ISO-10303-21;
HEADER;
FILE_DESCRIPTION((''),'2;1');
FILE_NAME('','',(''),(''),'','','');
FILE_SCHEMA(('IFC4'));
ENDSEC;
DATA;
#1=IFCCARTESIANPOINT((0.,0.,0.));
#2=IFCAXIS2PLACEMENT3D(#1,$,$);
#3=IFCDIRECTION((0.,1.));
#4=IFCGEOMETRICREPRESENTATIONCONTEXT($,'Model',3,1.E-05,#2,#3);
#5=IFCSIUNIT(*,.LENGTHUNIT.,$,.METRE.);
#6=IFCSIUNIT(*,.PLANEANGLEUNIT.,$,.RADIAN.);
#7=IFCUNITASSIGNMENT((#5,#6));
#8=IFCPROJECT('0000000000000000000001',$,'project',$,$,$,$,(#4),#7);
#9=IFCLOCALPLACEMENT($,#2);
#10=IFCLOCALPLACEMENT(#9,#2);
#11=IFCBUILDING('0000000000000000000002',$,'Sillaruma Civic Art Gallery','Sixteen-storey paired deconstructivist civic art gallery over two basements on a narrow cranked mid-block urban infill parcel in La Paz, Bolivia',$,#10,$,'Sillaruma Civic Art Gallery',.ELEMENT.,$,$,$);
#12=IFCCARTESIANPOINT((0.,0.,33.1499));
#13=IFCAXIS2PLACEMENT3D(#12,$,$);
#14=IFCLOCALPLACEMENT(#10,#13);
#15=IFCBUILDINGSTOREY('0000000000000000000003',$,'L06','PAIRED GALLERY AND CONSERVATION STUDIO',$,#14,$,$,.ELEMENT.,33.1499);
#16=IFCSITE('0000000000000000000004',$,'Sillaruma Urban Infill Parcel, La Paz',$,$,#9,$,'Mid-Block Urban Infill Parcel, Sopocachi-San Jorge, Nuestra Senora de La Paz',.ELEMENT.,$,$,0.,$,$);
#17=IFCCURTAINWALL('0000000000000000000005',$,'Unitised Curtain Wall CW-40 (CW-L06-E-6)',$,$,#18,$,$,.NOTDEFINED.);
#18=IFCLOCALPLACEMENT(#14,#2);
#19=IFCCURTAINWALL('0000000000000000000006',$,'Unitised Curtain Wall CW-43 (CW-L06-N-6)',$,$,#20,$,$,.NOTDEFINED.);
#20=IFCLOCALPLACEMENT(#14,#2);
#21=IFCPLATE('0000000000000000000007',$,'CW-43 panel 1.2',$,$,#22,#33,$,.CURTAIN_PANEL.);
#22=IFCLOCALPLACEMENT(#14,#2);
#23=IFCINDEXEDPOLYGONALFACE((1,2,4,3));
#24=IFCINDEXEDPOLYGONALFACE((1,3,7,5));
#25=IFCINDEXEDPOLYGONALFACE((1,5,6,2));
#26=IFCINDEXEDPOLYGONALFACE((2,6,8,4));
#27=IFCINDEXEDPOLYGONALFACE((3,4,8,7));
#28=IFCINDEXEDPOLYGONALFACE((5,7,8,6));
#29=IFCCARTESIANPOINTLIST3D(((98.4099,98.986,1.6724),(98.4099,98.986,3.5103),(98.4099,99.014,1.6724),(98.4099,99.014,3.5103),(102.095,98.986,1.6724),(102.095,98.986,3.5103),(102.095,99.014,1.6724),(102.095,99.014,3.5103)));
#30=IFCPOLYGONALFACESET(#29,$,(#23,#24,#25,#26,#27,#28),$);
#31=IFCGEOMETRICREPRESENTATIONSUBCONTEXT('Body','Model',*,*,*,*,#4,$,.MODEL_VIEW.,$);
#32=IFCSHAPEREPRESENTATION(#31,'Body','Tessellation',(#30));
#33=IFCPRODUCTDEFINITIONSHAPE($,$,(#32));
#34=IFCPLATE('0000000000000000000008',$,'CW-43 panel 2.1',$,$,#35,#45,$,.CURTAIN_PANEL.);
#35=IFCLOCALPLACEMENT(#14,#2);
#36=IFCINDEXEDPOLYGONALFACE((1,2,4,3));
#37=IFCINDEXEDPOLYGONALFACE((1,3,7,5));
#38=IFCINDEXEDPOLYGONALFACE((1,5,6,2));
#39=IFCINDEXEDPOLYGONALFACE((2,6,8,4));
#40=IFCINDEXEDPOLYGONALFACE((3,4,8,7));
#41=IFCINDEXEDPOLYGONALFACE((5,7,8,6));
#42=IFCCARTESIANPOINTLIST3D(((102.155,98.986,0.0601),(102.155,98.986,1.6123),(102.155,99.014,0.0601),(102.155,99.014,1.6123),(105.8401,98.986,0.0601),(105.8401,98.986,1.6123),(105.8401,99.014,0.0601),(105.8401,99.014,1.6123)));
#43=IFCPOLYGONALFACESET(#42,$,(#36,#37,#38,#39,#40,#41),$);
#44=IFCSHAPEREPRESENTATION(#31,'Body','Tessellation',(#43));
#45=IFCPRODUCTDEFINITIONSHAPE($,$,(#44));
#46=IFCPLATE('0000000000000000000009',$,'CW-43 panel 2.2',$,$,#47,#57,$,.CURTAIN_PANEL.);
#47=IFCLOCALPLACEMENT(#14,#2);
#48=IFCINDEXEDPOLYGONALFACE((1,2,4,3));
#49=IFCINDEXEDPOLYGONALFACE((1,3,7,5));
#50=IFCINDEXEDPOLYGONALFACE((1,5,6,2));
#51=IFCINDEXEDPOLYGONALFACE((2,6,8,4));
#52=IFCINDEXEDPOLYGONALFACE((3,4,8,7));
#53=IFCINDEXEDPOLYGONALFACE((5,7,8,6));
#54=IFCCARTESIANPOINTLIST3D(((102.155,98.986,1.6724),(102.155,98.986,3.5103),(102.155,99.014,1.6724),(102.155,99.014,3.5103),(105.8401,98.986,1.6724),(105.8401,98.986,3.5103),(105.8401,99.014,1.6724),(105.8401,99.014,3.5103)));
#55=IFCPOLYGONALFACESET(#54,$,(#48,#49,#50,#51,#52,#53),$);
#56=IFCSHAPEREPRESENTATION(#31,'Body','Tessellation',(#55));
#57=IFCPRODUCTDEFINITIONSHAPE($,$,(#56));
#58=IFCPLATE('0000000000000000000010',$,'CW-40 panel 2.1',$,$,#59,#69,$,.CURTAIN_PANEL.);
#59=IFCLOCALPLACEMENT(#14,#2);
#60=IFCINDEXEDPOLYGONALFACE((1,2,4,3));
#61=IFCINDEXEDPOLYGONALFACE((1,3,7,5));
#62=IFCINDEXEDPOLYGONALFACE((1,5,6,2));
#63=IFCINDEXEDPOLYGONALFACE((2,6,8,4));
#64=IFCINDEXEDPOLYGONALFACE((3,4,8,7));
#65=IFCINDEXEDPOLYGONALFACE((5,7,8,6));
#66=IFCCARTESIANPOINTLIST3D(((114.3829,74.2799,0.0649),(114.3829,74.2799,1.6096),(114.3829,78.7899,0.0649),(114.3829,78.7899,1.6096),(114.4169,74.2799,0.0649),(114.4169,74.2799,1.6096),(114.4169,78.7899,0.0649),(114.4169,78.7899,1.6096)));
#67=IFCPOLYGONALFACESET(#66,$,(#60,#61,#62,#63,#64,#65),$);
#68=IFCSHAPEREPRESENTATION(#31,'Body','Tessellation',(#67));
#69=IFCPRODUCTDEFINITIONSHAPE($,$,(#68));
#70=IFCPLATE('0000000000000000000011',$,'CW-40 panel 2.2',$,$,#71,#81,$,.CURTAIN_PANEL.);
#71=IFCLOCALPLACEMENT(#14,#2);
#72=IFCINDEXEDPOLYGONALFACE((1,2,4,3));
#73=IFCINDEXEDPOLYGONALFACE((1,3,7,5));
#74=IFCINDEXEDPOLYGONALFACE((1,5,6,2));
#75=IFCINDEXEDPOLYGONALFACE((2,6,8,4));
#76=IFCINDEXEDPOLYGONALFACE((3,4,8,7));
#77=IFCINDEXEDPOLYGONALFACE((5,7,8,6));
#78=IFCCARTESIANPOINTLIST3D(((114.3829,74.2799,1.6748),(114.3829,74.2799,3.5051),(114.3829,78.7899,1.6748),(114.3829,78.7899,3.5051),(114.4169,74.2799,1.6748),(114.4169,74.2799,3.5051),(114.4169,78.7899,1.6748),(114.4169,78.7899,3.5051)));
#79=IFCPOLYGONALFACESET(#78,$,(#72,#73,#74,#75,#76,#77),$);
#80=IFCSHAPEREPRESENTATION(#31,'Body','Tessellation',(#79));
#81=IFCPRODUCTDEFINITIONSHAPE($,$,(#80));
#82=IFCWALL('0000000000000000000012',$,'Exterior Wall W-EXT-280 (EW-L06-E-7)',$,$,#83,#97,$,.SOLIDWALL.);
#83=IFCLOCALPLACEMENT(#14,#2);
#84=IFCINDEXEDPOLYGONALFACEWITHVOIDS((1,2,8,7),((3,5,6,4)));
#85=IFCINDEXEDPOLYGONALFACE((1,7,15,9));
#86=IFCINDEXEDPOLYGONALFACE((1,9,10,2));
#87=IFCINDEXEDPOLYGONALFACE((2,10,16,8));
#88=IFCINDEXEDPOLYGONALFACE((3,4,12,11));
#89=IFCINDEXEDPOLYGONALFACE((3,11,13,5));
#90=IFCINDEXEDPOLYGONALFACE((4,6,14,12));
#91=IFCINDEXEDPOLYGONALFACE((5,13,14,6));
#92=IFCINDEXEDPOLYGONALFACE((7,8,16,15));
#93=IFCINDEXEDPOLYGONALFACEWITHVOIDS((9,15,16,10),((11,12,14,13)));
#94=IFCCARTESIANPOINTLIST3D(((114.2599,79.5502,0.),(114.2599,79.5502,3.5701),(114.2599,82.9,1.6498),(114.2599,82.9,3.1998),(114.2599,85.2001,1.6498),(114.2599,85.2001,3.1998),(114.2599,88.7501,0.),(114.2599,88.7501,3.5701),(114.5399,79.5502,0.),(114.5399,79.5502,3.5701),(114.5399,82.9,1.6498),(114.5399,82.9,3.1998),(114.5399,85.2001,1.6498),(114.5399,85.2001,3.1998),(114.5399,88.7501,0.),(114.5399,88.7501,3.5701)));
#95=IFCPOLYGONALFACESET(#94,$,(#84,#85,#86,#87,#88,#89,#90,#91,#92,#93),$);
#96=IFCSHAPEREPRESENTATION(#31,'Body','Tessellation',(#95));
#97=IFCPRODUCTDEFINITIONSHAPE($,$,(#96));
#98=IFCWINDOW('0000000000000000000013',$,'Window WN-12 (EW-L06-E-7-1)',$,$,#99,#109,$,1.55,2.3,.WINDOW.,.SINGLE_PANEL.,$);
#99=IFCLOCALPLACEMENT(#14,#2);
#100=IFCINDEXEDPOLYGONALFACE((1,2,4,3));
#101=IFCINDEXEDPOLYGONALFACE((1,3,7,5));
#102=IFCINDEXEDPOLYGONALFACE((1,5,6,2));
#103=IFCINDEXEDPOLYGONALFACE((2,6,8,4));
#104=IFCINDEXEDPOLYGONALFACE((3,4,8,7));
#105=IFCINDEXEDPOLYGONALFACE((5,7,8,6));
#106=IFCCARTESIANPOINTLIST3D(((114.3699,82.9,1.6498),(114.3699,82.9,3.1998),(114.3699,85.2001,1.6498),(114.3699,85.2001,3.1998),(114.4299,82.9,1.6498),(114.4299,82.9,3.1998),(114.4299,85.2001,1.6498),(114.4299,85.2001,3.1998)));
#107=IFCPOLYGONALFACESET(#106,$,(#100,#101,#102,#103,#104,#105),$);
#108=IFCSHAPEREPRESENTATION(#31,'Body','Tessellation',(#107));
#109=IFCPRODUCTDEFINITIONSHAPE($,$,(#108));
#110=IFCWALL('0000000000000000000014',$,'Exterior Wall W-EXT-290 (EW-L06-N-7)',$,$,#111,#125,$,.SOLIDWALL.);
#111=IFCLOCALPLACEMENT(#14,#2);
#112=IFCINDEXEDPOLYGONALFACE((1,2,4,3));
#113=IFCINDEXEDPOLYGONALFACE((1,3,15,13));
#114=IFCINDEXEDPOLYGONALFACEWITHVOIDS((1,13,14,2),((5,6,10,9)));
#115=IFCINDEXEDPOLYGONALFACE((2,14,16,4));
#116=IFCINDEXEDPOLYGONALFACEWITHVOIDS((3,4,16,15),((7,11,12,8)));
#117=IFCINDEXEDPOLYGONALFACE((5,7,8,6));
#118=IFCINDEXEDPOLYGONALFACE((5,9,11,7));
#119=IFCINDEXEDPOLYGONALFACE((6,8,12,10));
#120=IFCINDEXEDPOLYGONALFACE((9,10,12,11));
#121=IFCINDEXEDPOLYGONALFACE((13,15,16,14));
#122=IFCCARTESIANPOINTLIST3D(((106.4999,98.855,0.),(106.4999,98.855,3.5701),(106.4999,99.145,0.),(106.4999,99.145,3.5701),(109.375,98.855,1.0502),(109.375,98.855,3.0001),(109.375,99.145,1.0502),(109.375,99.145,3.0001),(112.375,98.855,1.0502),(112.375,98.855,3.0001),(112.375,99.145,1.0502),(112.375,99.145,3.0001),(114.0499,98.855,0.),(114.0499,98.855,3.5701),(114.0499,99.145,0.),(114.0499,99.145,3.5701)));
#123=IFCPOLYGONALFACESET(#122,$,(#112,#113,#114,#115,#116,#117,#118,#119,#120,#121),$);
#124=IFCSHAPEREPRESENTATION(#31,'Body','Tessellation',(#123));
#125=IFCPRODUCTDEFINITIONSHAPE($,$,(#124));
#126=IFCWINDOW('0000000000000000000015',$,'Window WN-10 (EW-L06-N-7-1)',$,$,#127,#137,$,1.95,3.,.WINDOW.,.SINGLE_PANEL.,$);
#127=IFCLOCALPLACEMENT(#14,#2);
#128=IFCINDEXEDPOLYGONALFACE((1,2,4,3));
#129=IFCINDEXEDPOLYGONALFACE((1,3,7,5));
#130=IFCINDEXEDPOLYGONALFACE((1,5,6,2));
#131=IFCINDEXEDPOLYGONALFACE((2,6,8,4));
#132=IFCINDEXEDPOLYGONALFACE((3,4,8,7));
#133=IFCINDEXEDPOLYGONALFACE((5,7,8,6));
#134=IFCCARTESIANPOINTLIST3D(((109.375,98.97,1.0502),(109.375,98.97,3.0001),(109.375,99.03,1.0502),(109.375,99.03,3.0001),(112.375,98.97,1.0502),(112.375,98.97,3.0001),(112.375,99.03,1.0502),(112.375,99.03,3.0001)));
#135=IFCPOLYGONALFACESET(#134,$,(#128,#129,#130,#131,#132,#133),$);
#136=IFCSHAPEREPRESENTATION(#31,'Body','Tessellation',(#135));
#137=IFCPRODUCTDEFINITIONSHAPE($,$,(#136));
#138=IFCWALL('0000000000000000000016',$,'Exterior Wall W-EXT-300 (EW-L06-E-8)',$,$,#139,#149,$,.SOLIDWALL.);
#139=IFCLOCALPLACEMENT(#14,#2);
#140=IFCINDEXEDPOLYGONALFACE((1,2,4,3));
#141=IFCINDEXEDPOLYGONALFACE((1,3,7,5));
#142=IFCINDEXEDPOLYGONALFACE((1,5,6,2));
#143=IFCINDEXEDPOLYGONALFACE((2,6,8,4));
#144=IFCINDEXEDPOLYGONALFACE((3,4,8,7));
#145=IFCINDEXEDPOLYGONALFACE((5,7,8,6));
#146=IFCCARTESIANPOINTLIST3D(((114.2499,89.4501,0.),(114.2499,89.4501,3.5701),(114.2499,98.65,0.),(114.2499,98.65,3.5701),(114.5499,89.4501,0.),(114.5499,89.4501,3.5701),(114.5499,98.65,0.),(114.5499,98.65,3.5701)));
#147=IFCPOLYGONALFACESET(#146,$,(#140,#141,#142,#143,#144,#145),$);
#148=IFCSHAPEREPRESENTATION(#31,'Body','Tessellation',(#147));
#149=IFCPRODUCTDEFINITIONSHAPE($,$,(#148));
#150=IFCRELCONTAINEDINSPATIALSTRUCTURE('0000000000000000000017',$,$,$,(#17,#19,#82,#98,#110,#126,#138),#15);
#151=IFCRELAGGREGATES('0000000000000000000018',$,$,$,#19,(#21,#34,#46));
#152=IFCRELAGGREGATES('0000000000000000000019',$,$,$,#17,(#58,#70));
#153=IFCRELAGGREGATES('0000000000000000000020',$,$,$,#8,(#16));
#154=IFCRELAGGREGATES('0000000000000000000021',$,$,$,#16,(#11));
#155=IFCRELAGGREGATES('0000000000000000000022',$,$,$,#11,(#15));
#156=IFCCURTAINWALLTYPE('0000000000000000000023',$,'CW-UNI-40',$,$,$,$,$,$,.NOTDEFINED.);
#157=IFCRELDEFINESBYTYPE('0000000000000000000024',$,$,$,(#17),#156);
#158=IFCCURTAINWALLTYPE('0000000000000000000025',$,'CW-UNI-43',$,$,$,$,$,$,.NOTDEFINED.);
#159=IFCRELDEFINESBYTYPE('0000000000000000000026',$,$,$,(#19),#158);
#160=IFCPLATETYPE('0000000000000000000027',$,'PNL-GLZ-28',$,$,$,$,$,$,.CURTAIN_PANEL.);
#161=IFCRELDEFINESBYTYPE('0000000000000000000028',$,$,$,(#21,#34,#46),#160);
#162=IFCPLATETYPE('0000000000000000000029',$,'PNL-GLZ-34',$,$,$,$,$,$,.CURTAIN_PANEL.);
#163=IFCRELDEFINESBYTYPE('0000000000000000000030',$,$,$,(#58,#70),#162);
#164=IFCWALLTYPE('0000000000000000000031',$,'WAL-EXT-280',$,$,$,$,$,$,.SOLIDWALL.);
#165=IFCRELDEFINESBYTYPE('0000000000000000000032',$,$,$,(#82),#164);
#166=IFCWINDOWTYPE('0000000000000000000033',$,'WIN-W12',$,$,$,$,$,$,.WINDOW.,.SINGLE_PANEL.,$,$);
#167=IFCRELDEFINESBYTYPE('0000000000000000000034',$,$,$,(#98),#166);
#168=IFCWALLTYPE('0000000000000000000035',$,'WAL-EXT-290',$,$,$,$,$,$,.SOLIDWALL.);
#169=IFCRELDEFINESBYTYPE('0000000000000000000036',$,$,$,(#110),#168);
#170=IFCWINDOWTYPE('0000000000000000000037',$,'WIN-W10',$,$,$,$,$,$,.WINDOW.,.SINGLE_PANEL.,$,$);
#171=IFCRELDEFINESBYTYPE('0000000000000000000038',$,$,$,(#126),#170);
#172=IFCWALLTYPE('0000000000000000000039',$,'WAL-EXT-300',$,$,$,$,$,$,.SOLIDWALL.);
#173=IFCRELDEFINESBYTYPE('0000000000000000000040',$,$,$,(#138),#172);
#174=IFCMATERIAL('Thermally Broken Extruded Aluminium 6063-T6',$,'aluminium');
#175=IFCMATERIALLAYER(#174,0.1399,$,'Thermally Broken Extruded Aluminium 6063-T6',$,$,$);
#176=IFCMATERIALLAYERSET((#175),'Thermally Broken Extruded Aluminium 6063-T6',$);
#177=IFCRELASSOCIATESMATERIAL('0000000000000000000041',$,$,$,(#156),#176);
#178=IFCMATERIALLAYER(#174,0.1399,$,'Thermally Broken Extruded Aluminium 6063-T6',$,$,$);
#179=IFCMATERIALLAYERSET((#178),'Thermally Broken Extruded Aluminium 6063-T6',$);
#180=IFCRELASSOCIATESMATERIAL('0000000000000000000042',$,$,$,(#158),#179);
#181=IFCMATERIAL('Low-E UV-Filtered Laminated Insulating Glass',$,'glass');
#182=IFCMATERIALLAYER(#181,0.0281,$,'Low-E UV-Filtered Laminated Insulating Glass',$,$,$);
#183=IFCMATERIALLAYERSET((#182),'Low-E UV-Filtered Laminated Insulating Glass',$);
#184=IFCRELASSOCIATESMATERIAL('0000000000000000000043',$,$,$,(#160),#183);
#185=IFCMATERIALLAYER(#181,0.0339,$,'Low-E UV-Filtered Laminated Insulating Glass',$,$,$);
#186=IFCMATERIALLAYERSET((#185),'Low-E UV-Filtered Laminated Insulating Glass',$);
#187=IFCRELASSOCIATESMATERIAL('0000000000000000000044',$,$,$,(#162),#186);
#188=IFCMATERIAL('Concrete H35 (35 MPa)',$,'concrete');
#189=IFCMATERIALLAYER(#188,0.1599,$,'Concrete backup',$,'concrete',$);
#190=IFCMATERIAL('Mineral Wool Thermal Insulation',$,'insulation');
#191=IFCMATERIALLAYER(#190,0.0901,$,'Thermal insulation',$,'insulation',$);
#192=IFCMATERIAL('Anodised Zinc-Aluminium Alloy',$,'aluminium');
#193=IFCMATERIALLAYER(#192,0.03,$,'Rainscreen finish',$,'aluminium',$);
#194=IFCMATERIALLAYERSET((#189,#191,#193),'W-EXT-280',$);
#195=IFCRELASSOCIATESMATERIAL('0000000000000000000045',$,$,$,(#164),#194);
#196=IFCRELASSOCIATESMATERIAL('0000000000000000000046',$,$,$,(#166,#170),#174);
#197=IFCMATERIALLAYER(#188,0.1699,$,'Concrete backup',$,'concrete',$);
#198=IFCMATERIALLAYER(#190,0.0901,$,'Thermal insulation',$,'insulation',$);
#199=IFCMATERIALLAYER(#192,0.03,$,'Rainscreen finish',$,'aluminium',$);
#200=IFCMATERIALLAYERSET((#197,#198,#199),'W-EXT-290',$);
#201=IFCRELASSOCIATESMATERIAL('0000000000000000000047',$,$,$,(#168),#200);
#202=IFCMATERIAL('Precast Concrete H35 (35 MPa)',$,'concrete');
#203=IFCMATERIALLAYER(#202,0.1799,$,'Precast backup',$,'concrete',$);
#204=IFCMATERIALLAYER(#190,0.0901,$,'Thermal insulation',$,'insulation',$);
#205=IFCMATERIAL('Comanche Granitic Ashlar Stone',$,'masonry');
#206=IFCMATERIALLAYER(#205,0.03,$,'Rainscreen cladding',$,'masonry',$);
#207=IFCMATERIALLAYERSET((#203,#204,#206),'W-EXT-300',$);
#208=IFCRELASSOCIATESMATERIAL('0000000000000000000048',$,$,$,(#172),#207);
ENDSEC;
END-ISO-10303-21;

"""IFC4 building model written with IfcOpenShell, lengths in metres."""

from ifc_helpers import new_model, si_unit, direction, frame, frame_2d, origin, origin_2d, place, context, subcontext, project, spatial, rectangle, extrude, material, layer, layer_set, type_object, element, fill, aggregate, save


model = new_model("IFC4")

# Units and contexts
model_context = context("Model", 3, precision=1e-05, world=origin(), true_north=direction((0.0, 1.0)))
body_context = subcontext(model_context, "Body", "Model", "MODEL_VIEW")
ifc_project = project(units=[si_unit("LENGTHUNIT", "METRE"), si_unit("PLANEANGLEUNIT", "RADIAN")], contexts=[model_context])

# Site, building, storey
site_placement = place(None, origin())
site = spatial("IfcSite", under=ifc_project, at=site_placement, Name="Sillaruma Urban Infill Parcel, La Paz", LongName="Mid-Block Urban Infill Parcel, Sopocachi-San Jorge, Nuestra Senora de La Paz", CompositionType="ELEMENT", RefElevation=0.0)
building_placement = place(site_placement, origin())
building = spatial("IfcBuilding", under=site, at=building_placement, Name="Sillaruma Civic Art Gallery", Description="Sixteen-storey paired deconstructivist civic art gallery over two basements on a narrow cranked mid-block urban infill parcel in La Paz, Bolivia", LongName="Sillaruma Civic Art Gallery", CompositionType="ELEMENT")
storey_placement = place(building_placement, frame((0.0, 0.0, 33.1499)))
storey = spatial("IfcBuildingStorey", under=building, at=storey_placement, Name="L06", Description="PAIRED GALLERY AND CONSERVATION STUDIO", CompositionType="ELEMENT", Elevation=33.1499)

# Shared definitions
ifc_material_1 = material(Name="Concrete H35 (35 MPa)", Category="concrete")

# Curtain wall
ifc_material_2 = material(Name="Thermally Broken Extruded Aluminium 6063-T6", Category="aluminium")
ifc_layer_1 = layer(ifc_material_2, 0.1399, Name="Thermally Broken Extruded Aluminium 6063-T6")
ifc_layer_set_1 = layer_set([ifc_layer_1], Name="Thermally Broken Extruded Aluminium 6063-T6")
curtain_wall_type_1 = type_object("IfcCurtainWallType", Name="CW-UNI-40", PredefinedType="NOTDEFINED", material=ifc_layer_set_1)
curtain_wall_1_placement = place(storey_placement, origin())
curtain_wall_1 = element("IfcCurtainWall", 1, at=curtain_wall_1_placement, inside=storey, type_object=curtain_wall_type_1, Name="Unitised Curtain Wall CW-40 (CW-L06-E-6)", PredefinedType="NOTDEFINED")

# Curtain wall
ifc_layer_2 = layer(ifc_material_2, 0.1399, Name="Thermally Broken Extruded Aluminium 6063-T6")
ifc_layer_set_2 = layer_set([ifc_layer_2], Name="Thermally Broken Extruded Aluminium 6063-T6")
curtain_wall_type_2 = type_object("IfcCurtainWallType", Name="CW-UNI-43", PredefinedType="NOTDEFINED", material=ifc_layer_set_2)
curtain_wall_2_placement = place(storey_placement, origin())
curtain_wall_2 = element("IfcCurtainWall", 2, at=curtain_wall_2_placement, inside=storey, type_object=curtain_wall_type_2, Name="Unitised Curtain Wall CW-43 (CW-L06-N-6)", PredefinedType="NOTDEFINED")

# Plates
ifc_material_3 = material(Name="Low-E UV-Filtered Laminated Insulating Glass", Category="glass")
ifc_layer_3 = layer(ifc_material_3, 0.0281, Name="Low-E UV-Filtered Laminated Insulating Glass")
ifc_layer_set_3 = layer_set([ifc_layer_3], Name="Low-E UV-Filtered Laminated Insulating Glass")
plate_type_1 = type_object("IfcPlateType", Name="PNL-GLZ-28", PredefinedType="CURTAIN_PANEL", material=ifc_layer_set_3)
plate_1_placement = place(storey_placement, frame((100.2524, 99.0, 1.6724), z_axis=(0.0, 0.0, 1.0), x_axis=(1.0, 0.0, 0.0)))
plate_1 = element("IfcPlate", 3, at=plate_1_placement, type_object=plate_type_1, Name="CW-43 panel 1.2", PredefinedType="CURTAIN_PANEL", context=body_context, shape_type="SweptSolid", body=[
    extrude(rectangle(XDim=3.6851, YDim=0.0281, at=origin_2d()), origin(), (0.0, 0.0, 1.0), 1.8379),
])
plate_2_placement = place(storey_placement, frame((103.9976, 99.0, 0.0601), z_axis=(0.0, 0.0, 1.0), x_axis=(1.0, 0.0, 0.0)))
plate_2 = element("IfcPlate", 4, at=plate_2_placement, type_object=plate_type_1, Name="CW-43 panel 2.1", PredefinedType="CURTAIN_PANEL", context=body_context, shape_type="SweptSolid", body=[
    extrude(rectangle(XDim=3.6851, YDim=0.0281, at=origin_2d()), origin(), (0.0, 0.0, 1.0), 1.5522),
])
plate_3_placement = place(storey_placement, frame((103.9976, 99.0, 1.6724), z_axis=(0.0, 0.0, 1.0), x_axis=(1.0, 0.0, 0.0)))
plate_3 = element("IfcPlate", 5, at=plate_3_placement, type_object=plate_type_1, Name="CW-43 panel 2.2", PredefinedType="CURTAIN_PANEL", context=body_context, shape_type="SweptSolid", body=[
    extrude(rectangle(XDim=3.6851, YDim=0.0281, at=origin_2d()), origin(), (0.0, 0.0, 1.0), 1.8379),
])
aggregate(curtain_wall_2, [plate_1, plate_2, plate_3])
ifc_layer_4 = layer(ifc_material_3, 0.0339, Name="Low-E UV-Filtered Laminated Insulating Glass")
ifc_layer_set_4 = layer_set([ifc_layer_4], Name="Low-E UV-Filtered Laminated Insulating Glass")
plate_type_2 = type_object("IfcPlateType", Name="PNL-GLZ-34", PredefinedType="CURTAIN_PANEL", material=ifc_layer_set_4)
plate_4_placement = place(storey_placement, frame((114.3999, 76.5349, 0.0649), z_axis=(0.0, 0.0, 1.0), x_axis=(0.0, 1.0, 0.0)))
plate_4 = element("IfcPlate", 6, at=plate_4_placement, type_object=plate_type_2, Name="CW-40 panel 2.1", PredefinedType="CURTAIN_PANEL", context=body_context, shape_type="SweptSolid", body=[
    extrude(rectangle(XDim=4.51, YDim=0.0339, at=origin_2d()), origin(), (0.0, 0.0, 1.0), 1.5447),
])
plate_5_placement = place(storey_placement, frame((114.3999, 76.5349, 1.6748), z_axis=(0.0, 0.0, 1.0), x_axis=(0.0, 1.0, 0.0)))
plate_5 = element("IfcPlate", 7, at=plate_5_placement, type_object=plate_type_2, Name="CW-40 panel 2.2", PredefinedType="CURTAIN_PANEL", context=body_context, shape_type="SweptSolid", body=[
    extrude(rectangle(XDim=4.51, YDim=0.0339, at=origin_2d()), origin(), (0.0, 0.0, 1.0), 1.8303),
])
aggregate(curtain_wall_1, [plate_4, plate_5])

# Walls, openings, windows
ifc_layer_5 = layer(ifc_material_1, 0.1599, Name="Concrete backup", Category="concrete")
ifc_material_4 = material(Name="Mineral Wool Thermal Insulation", Category="insulation")
ifc_layer_6 = layer(ifc_material_4, 0.0901, Name="Thermal insulation", Category="insulation")
ifc_material_5 = material(Name="Anodised Zinc-Aluminium Alloy", Category="aluminium")
ifc_layer_7 = layer(ifc_material_5, 0.03, Name="Rainscreen finish", Category="aluminium")
ifc_layer_set_5 = layer_set([ifc_layer_5, ifc_layer_6, ifc_layer_7], Name="W-EXT-280")
wall_type_1 = type_object("IfcWallType", Name="WAL-EXT-280", PredefinedType="SOLIDWALL", material=ifc_layer_set_5)
wall_1_placement = place(storey_placement, frame((114.3999, 79.55, 0.0), z_axis=(0.0, 0.0, 1.0), x_axis=(0.0, 1.0, 0.0)))
wall_1 = element("IfcWall", 8, at=wall_1_placement, inside=storey, type_object=wall_type_1, Name="Exterior Wall W-EXT-280 (EW-L06-E-7)", PredefinedType="SOLIDWALL", context=body_context, shape_type="SweptSolid", body=[
    extrude(rectangle(XDim=9.2, YDim=0.28, at=frame_2d((4.6001, 0.0))), origin(), (0.0, 0.0, 1.0), 3.5701),
])
opening_1_placement = place(wall_1_placement, frame((3.3501, 0.0, 1.6499)))
opening_1 = element("IfcOpeningElement", 9, at=opening_1_placement, cuts=wall_1, PredefinedType="OPENING", context=body_context, shape_type="SweptSolid", body=[
    extrude(rectangle(XDim=2.3, YDim=1.55, at=frame_2d((1.1499, 0.7749))), frame((0.0, 0.1499, 0.0), z_axis=(0.0, -1.0, 0.0), x_axis=(1.0, 0.0, 0.0)), (0.0, 0.0, 1.0), 0.3),
])
window_type_1 = type_object("IfcWindowType", Name="WIN-W12", PartitioningType="SINGLE_PANEL", PredefinedType="WINDOW", material=ifc_material_2)
window_1_placement = place(opening_1_placement, origin())
window_1 = element("IfcWindow", 10, at=window_1_placement, inside=storey, type_object=window_type_1, Name="Window WN-12 (EW-L06-E-7-1)", OverallHeight=1.55, OverallWidth=2.3, PartitioningType="SINGLE_PANEL", PredefinedType="WINDOW", context=body_context, shape_type="SweptSolid", body=[
    extrude(rectangle(XDim=2.3, YDim=1.55, at=frame_2d((1.1499, 0.7749))), frame((0.0, 0.03, 0.0), z_axis=(0.0, -1.0, 0.0), x_axis=(1.0, 0.0, 0.0)), (0.0, 0.0, 1.0), 0.0601),
])
fill(opening_1, window_1)
ifc_layer_8 = layer(ifc_material_1, 0.1699, Name="Concrete backup", Category="concrete")
ifc_layer_9 = layer(ifc_material_4, 0.0901, Name="Thermal insulation", Category="insulation")
ifc_layer_10 = layer(ifc_material_5, 0.03, Name="Rainscreen finish", Category="aluminium")
ifc_layer_set_6 = layer_set([ifc_layer_8, ifc_layer_9, ifc_layer_10], Name="W-EXT-290")
wall_type_2 = type_object("IfcWallType", Name="WAL-EXT-290", PredefinedType="SOLIDWALL", material=ifc_layer_set_6)
wall_2_placement = place(storey_placement, frame((106.5, 99.0, 0.0), z_axis=(0.0, 0.0, 1.0), x_axis=(1.0, 0.0, 0.0)))
wall_2 = element("IfcWall", 11, at=wall_2_placement, inside=storey, type_object=wall_type_2, Name="Exterior Wall W-EXT-290 (EW-L06-N-7)", PredefinedType="SOLIDWALL", context=body_context, shape_type="SweptSolid", body=[
    extrude(rectangle(XDim=7.55, YDim=0.29, at=frame_2d((3.7749, 0.0))), origin(), (0.0, 0.0, 1.0), 3.5701),
])
opening_2_placement = place(wall_2_placement, frame((2.875, 0.0, 1.05)))
opening_2 = element("IfcOpeningElement", 12, at=opening_2_placement, cuts=wall_2, PredefinedType="OPENING", context=body_context, shape_type="SweptSolid", body=[
    extrude(rectangle(XDim=3.0, YDim=1.95, at=frame_2d((1.5, 0.9751))), frame((0.0, 0.155, 0.0), z_axis=(0.0, -1.0, 0.0), x_axis=(1.0, 0.0, 0.0)), (0.0, 0.0, 1.0), 0.3101),
])
window_type_2 = type_object("IfcWindowType", Name="WIN-W10", PartitioningType="SINGLE_PANEL", PredefinedType="WINDOW", material=ifc_material_2)
window_2_placement = place(opening_2_placement, origin())
window_2 = element("IfcWindow", 13, at=window_2_placement, inside=storey, type_object=window_type_2, Name="Window WN-10 (EW-L06-N-7-1)", OverallHeight=1.95, OverallWidth=3.0, PartitioningType="SINGLE_PANEL", PredefinedType="WINDOW", context=body_context, shape_type="SweptSolid", body=[
    extrude(rectangle(XDim=3.0, YDim=1.95, at=frame_2d((1.5, 0.9751))), frame((0.0, 0.03, 0.0), z_axis=(0.0, -1.0, 0.0), x_axis=(1.0, 0.0, 0.0)), (0.0, 0.0, 1.0), 0.0601),
])
fill(opening_2, window_2)

# Wall
ifc_material_6 = material(Name="Precast Concrete H35 (35 MPa)", Category="concrete")
ifc_layer_11 = layer(ifc_material_6, 0.1799, Name="Precast backup", Category="concrete")
ifc_layer_12 = layer(ifc_material_4, 0.0901, Name="Thermal insulation", Category="insulation")
ifc_material_7 = material(Name="Comanche Granitic Ashlar Stone", Category="masonry")
ifc_layer_13 = layer(ifc_material_7, 0.03, Name="Rainscreen cladding", Category="masonry")
ifc_layer_set_7 = layer_set([ifc_layer_11, ifc_layer_12, ifc_layer_13], Name="W-EXT-300")
wall_type_3 = type_object("IfcWallType", Name="WAL-EXT-300", PredefinedType="SOLIDWALL", material=ifc_layer_set_7)
wall_3_placement = place(storey_placement, frame((114.3999, 89.45, 0.0), z_axis=(0.0, 0.0, 1.0), x_axis=(0.0, 1.0, 0.0)))
element("IfcWall", 14, at=wall_3_placement, inside=storey, type_object=wall_type_3, Name="Exterior Wall W-EXT-300 (EW-L06-E-8)", PredefinedType="SOLIDWALL", context=body_context, shape_type="SweptSolid", body=[
    extrude(rectangle(XDim=9.2, YDim=0.3, at=frame_2d((4.6001, 0.0))), origin(), (0.0, 0.0, 1.0), 3.5701),
])

save(model, "model.ifc")
